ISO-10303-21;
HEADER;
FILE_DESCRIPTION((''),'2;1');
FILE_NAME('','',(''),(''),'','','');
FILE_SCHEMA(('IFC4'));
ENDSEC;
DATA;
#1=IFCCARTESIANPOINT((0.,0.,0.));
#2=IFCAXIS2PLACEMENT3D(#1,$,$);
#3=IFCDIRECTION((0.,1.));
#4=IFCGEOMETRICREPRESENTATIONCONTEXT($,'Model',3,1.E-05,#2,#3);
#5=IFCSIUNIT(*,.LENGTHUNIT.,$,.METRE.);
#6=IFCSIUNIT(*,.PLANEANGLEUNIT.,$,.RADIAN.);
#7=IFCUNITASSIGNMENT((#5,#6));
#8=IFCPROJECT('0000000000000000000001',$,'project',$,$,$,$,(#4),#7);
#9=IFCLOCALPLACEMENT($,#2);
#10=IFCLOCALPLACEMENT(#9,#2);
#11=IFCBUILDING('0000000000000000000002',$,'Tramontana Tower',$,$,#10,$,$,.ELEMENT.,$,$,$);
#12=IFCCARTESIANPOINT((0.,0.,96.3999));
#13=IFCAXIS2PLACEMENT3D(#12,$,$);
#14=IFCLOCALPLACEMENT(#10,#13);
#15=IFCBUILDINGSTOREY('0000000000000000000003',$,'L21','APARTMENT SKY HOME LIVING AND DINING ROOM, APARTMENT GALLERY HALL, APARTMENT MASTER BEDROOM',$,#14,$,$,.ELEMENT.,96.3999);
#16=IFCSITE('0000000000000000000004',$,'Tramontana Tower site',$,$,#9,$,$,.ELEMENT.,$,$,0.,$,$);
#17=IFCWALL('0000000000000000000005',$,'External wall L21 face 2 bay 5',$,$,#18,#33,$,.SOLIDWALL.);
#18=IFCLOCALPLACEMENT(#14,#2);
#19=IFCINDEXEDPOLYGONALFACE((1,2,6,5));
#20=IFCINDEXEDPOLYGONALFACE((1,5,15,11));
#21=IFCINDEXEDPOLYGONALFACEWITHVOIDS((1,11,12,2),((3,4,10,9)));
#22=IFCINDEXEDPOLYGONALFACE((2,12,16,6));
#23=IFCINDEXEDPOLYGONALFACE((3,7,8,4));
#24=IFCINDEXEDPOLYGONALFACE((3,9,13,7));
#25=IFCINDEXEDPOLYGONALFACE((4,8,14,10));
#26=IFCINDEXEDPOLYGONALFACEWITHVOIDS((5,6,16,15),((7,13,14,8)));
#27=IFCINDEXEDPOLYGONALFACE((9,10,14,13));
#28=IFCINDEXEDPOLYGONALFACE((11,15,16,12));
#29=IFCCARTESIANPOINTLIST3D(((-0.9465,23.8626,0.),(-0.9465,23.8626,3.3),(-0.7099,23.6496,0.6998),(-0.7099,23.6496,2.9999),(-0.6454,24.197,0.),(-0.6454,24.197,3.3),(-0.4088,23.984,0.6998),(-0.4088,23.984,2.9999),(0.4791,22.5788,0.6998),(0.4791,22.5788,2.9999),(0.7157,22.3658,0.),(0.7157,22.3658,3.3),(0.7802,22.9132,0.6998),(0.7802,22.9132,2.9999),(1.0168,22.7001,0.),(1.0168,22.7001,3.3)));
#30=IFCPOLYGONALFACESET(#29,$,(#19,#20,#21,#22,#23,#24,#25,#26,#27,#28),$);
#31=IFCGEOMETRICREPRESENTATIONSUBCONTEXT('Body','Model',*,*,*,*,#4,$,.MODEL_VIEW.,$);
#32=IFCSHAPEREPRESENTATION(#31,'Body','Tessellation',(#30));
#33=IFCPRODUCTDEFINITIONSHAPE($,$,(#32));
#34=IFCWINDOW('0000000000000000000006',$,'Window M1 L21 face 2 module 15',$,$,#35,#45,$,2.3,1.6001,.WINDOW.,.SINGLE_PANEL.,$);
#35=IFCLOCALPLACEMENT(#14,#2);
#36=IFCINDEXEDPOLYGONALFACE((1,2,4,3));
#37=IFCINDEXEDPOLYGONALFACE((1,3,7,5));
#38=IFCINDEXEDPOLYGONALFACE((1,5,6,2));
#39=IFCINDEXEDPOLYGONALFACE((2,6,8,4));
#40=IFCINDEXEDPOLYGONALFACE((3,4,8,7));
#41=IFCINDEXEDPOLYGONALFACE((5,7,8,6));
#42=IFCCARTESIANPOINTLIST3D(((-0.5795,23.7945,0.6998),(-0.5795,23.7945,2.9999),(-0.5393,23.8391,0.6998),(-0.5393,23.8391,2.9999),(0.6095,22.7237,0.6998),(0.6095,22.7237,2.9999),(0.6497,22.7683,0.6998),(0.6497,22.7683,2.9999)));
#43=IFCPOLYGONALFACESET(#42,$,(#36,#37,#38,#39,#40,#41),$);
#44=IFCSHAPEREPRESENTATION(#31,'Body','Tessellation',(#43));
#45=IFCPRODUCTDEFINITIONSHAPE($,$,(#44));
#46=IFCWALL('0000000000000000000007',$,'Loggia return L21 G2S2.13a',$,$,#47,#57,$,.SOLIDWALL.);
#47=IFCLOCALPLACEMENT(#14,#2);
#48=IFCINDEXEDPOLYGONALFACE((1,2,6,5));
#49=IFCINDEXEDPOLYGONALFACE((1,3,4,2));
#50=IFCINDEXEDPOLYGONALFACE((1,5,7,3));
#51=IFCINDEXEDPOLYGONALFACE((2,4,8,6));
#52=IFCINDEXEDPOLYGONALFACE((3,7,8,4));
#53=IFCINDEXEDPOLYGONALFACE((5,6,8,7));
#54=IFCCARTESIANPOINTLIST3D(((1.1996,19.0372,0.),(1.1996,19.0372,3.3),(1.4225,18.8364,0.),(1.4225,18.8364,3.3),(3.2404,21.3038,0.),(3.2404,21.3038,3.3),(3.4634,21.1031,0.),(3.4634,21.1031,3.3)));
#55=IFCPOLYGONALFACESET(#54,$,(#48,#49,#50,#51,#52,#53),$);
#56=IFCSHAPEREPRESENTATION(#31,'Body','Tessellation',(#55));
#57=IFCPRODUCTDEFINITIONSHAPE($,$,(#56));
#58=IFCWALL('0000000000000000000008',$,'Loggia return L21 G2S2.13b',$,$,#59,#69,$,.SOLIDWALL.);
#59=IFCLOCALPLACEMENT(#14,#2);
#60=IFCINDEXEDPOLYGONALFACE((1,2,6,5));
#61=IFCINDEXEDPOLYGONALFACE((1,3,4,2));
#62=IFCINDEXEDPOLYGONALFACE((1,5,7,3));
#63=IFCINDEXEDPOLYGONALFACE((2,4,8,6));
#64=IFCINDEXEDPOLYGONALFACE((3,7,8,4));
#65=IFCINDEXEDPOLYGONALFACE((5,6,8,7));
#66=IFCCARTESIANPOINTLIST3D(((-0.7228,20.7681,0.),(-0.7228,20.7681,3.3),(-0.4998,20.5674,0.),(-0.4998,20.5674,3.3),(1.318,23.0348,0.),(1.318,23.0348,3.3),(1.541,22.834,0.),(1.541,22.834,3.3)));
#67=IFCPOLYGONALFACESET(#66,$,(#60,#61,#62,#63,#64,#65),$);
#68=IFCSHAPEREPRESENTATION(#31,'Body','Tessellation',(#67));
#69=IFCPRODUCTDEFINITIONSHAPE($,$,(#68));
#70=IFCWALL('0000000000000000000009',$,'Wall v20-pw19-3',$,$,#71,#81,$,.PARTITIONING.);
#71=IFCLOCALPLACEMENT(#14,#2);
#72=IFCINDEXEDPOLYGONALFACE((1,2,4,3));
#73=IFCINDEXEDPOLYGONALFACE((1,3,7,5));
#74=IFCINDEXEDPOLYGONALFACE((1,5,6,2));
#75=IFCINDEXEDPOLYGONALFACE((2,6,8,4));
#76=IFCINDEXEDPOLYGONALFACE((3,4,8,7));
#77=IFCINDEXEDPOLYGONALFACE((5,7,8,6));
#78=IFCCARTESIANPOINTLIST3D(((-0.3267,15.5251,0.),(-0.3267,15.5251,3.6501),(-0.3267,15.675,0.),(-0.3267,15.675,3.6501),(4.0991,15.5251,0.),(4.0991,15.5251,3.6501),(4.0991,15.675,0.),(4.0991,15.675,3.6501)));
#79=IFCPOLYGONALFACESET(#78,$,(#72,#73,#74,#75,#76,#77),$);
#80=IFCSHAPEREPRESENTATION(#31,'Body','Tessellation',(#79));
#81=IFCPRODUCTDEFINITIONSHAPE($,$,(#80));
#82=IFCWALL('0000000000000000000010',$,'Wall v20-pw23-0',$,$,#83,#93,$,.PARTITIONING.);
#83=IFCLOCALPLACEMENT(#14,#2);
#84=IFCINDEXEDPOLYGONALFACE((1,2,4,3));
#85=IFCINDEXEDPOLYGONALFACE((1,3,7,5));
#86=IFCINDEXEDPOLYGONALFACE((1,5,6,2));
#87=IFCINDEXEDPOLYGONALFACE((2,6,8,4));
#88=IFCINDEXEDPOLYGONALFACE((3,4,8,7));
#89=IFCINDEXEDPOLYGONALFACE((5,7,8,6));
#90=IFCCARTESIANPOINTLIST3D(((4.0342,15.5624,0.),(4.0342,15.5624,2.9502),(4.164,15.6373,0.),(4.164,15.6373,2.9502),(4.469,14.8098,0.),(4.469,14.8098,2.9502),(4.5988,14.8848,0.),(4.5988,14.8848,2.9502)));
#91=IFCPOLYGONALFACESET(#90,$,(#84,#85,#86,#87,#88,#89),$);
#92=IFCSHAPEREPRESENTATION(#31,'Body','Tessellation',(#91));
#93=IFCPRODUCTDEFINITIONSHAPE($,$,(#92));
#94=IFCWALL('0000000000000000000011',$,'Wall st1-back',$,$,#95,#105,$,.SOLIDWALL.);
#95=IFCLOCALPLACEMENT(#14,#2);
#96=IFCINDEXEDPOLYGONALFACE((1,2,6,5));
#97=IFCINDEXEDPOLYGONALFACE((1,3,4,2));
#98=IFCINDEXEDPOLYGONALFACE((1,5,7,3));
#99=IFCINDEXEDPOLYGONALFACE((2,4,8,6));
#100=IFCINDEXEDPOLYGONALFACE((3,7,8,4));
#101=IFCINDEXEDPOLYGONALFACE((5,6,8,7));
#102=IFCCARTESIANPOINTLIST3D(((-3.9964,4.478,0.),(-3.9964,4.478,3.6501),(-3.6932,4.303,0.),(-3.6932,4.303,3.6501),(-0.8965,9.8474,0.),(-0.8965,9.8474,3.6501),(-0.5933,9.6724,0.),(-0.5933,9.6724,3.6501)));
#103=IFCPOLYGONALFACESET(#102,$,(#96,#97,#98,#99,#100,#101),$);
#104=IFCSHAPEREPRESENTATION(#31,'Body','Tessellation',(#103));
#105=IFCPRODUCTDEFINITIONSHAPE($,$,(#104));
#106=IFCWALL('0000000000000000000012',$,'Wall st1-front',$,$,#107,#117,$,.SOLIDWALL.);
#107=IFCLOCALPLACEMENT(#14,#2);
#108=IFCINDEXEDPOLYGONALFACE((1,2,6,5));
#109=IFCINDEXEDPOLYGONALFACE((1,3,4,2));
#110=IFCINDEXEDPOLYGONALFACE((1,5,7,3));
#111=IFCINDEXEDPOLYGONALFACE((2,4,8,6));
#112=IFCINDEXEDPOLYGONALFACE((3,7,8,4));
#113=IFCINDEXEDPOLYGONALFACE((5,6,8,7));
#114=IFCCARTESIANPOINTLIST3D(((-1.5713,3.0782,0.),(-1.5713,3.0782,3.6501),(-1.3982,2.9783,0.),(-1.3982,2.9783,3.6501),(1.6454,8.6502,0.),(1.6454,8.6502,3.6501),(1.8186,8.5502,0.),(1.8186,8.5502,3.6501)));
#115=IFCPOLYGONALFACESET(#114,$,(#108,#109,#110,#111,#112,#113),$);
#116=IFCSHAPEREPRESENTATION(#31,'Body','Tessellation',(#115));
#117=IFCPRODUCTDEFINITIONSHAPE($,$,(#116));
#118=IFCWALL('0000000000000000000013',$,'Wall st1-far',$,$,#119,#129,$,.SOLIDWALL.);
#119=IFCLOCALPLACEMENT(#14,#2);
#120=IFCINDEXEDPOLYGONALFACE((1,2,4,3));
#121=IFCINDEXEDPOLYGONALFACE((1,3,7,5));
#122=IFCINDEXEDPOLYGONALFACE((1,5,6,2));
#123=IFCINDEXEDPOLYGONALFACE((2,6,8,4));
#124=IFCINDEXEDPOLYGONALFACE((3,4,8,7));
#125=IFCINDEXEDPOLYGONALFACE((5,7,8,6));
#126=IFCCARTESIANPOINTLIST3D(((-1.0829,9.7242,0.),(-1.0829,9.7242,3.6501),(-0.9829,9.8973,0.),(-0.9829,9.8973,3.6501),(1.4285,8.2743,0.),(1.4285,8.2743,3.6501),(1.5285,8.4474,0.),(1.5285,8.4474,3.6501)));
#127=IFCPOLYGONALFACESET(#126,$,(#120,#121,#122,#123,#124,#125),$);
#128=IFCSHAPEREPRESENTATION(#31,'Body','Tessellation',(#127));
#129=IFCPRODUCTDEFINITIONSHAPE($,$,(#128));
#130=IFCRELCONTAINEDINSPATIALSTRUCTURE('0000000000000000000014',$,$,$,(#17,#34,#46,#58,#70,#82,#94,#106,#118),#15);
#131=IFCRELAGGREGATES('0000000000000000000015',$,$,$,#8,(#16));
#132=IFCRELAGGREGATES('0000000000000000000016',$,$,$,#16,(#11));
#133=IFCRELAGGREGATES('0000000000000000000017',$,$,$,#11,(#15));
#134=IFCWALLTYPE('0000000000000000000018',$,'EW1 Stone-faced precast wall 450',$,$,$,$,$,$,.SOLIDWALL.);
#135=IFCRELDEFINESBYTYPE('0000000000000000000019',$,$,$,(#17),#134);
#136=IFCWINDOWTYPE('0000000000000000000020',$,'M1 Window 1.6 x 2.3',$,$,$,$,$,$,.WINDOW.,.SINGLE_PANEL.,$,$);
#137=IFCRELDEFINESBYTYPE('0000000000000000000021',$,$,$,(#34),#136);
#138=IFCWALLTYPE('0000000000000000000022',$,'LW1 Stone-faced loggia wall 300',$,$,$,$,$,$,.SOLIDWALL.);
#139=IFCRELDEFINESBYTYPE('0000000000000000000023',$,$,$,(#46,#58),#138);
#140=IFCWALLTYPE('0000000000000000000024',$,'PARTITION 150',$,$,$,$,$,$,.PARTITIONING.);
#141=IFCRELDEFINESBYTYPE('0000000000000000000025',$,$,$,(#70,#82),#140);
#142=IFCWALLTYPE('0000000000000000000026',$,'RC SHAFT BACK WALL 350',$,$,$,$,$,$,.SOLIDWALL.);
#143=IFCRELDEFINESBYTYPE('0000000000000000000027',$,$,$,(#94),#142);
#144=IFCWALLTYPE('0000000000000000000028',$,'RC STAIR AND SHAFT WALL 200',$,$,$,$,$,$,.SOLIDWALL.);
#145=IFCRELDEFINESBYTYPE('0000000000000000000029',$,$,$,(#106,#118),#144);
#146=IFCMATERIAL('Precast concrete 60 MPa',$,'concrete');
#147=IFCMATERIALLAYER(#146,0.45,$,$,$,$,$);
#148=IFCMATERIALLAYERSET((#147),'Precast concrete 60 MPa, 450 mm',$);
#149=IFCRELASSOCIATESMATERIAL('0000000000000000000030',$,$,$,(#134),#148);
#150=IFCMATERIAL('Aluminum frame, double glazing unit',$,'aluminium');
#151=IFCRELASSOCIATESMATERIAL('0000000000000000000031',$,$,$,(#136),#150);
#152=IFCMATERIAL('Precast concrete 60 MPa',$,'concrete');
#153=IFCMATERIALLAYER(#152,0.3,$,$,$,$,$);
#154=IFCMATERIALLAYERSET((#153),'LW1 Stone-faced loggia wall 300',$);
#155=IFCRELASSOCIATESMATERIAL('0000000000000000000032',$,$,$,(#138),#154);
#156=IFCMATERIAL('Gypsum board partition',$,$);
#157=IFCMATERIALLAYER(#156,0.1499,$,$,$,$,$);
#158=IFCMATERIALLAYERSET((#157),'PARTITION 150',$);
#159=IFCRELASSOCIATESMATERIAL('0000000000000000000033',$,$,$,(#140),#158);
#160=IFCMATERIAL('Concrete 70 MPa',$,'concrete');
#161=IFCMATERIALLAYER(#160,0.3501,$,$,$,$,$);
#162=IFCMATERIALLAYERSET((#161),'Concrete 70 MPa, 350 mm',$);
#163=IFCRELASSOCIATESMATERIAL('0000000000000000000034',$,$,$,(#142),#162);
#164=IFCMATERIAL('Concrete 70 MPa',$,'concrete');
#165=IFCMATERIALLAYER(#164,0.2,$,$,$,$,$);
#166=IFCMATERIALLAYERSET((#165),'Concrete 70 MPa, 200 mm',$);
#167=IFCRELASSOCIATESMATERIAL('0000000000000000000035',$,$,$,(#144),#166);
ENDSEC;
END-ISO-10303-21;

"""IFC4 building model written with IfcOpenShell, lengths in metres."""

from ifc_helpers import new_model, si_unit, direction, frame, frame_2d, origin, place, context, subcontext, project, spatial, rectangle, extrude, material, layer, layer_set, type_object, element, fill, save


model = new_model("IFC4")

# Units and contexts
model_context = context("Model", 3, precision=1e-05, world=origin(), true_north=direction((0.0, 1.0)))
body_context = subcontext(model_context, "Body", "Model", "MODEL_VIEW")
ifc_project = project(units=[si_unit("LENGTHUNIT", "METRE"), si_unit("PLANEANGLEUNIT", "RADIAN")], contexts=[model_context])

# Site, building, storey
site_placement = place(None, origin())
site = spatial("IfcSite", under=ifc_project, at=site_placement, Name="Tramontana Tower site", CompositionType="ELEMENT", RefElevation=0.0)
building_placement = place(site_placement, origin())
building = spatial("IfcBuilding", under=site, at=building_placement, Name="Tramontana Tower", CompositionType="ELEMENT")
storey_placement = place(building_placement, frame((0.0, 0.0, 96.3999)))
storey = spatial("IfcBuildingStorey", under=building, at=storey_placement, Name="L21", Description="APARTMENT SKY HOME LIVING AND DINING ROOM, APARTMENT GALLERY HALL, APARTMENT MASTER BEDROOM", CompositionType="ELEMENT", Elevation=96.3999)

# Wall, opening, window
ifc_material_1 = material(Name="Precast concrete 60 MPa", Category="concrete")
ifc_layer_1 = layer(ifc_material_1, 0.45)
ifc_layer_set_1 = layer_set([ifc_layer_1], Name="Precast concrete 60 MPa, 450 mm")
wall_type_1 = type_object("IfcWallType", Name="EW1 Stone-faced precast wall 450", PredefinedType="SOLIDWALL", material=ifc_layer_set_1)
ifc_material_2 = material(Name="Aluminum frame, double glazing unit", Category="aluminium")
window_type = type_object("IfcWindowType", Name="M1 Window 1.6 x 2.3", PartitioningType="SINGLE_PANEL", PredefinedType="WINDOW", material=ifc_material_2)
wall_1_placement = place(storey_placement, frame((0.8662, 22.533, 0.0), z_axis=(0.0, 0.0, 1.0), x_axis=(-0.743088, 0.669194, 0.0)))
wall_1 = element("IfcWall", 1, at=wall_1_placement, inside=storey, type_object=wall_type_1, Name="External wall L21 face 2 bay 5", PredefinedType="SOLIDWALL", context=body_context, shape_type="SweptSolid", body=[
    extrude(rectangle(XDim=2.2368, YDim=0.45, at=frame_2d((1.1184, 0.0))), origin(), (0.0, 0.0, 1.0), 3.3),
])
opening_1_placement = place(wall_1_placement, frame((0.3184, 0.0, 0.7)))
opening_1 = element("IfcOpeningElement", 2, at=opening_1_placement, cuts=wall_1, PredefinedType="OPENING", context=body_context, shape_type="SweptSolid", body=[
    extrude(rectangle(XDim=1.6001, YDim=2.3, at=frame_2d((0.8, 1.1499))), frame((0.0, 0.2349, 0.0), z_axis=(0.0, -1.0, 0.0), x_axis=(1.0, 0.0, 0.0)), (0.0, 0.0, 1.0), 0.47),
])
window_1_placement = place(opening_1_placement, origin())
window_1 = element("IfcWindow", 3, at=window_1_placement, inside=storey, type_object=window_type, Name="Window M1 L21 face 2 module 15", OverallHeight=2.3, OverallWidth=1.6001, PartitioningType="SINGLE_PANEL", PredefinedType="WINDOW", context=body_context, shape_type="SweptSolid", body=[
    extrude(rectangle(XDim=1.6001, YDim=2.3, at=frame_2d((0.8, 1.1499))), frame((0.0, 0.03, 0.0), z_axis=(0.0, -1.0, 0.0), x_axis=(1.0, 0.0, 0.0)), (0.0, 0.0, 1.0), 0.0601),
])
fill(opening_1, window_1)

# Shared definitions
ifc_material_3 = material(Name="Precast concrete 60 MPa", Category="concrete")
ifc_layer_2 = layer(ifc_material_3, 0.3)
ifc_layer_set_2 = layer_set([ifc_layer_2], Name="LW1 Stone-faced loggia wall 300")
wall_type_2 = type_object("IfcWallType", Name="LW1 Stone-faced loggia wall 300", PredefinedType="SOLIDWALL", material=ifc_layer_set_2)

# Walls
for number, where, z_axis, x_axis, name in (
    (4, (3.3518, 21.2034, 0.0), (0.0, 0.0, 1.0), (-0.669115, -0.743159, 0.0), "Loggia return L21 G2S2.13a"),
    (5, (1.4294, 22.9343, 0.0), (0.0, 0.0, 1.0), (-0.669115, -0.743159, 0.0), "Loggia return L21 G2S2.13b"),
):
    element("IfcWall", number, at=place(storey_placement, frame(where, z_axis=z_axis, x_axis=x_axis)), inside=storey, type_object=wall_type_2, Name=name, PredefinedType="SOLIDWALL", context=body_context, shape_type="SweptSolid", body=[
        extrude(rectangle(XDim=3.05, YDim=0.3, at=frame_2d((1.5249, 0.0))), origin(), (0.0, 0.0, 1.0), 3.3),
    ])
ifc_material_4 = material(Name="Gypsum board partition")
ifc_layer_3 = layer(ifc_material_4, 0.1499)
ifc_layer_set_3 = layer_set([ifc_layer_3], Name="PARTITION 150")
wall_type_3 = type_object("IfcWallType", Name="PARTITION 150", PredefinedType="PARTITIONING", material=ifc_layer_set_3)
wall_2_placement = place(storey_placement, frame((-0.3267, 15.6001, 0.0), z_axis=(0.0, 0.0, 1.0), x_axis=(1.0, 0.0, 0.0)))
element("IfcWall", 6, at=wall_2_placement, inside=storey, type_object=wall_type_3, Name="Wall v20-pw19-3", PredefinedType="PARTITIONING", context=body_context, shape_type="SweptSolid", body=[
    extrude(rectangle(XDim=4.4258, YDim=0.1499, at=frame_2d((2.2129, 0.0))), origin(), (0.0, 0.0, 1.0), 3.6501),
])
wall_3_placement = place(storey_placement, frame((4.0991, 15.5999, 0.0), z_axis=(0.0, 0.0, 1.0), x_axis=(0.500217, -0.8659, 0.0)))
element("IfcWall", 7, at=wall_3_placement, inside=storey, type_object=wall_type_3, Name="Wall v20-pw23-0", PredefinedType="PARTITIONING", context=body_context, shape_type="SweptSolid", body=[
    extrude(rectangle(XDim=0.8691, YDim=0.1499, at=frame_2d((0.4346, 0.0))), origin(), (0.0, 0.0, 1.0), 2.9502),
])
ifc_material_5 = material(Name="Concrete 70 MPa", Category="concrete")
ifc_layer_4 = layer(ifc_material_5, 0.3501)
ifc_layer_set_4 = layer_set([ifc_layer_4], Name="Concrete 70 MPa, 350 mm")
wall_type_4 = type_object("IfcWallType", Name="RC SHAFT BACK WALL 350", PredefinedType="SOLIDWALL", material=ifc_layer_set_4)
wall_4_placement = place(storey_placement, frame((-0.7449, 9.76, 0.0), z_axis=(0.0, 0.0, 1.0), x_axis=(-0.49998, -0.866037, 0.0)))
element("IfcWall", 8, at=wall_4_placement, inside=storey, type_object=wall_type_4, Name="Wall st1-back", PredefinedType="SOLIDWALL", context=body_context, shape_type="SweptSolid", body=[
    extrude(rectangle(XDim=6.2, YDim=0.3501, at=frame_2d((3.1001, 0.0))), origin(), (0.0, 0.0, 1.0), 3.6501),
])
ifc_material_6 = material(Name="Concrete 70 MPa", Category="concrete")
ifc_layer_5 = layer(ifc_material_6, 0.2)
ifc_layer_set_5 = layer_set([ifc_layer_5], Name="Concrete 70 MPa, 200 mm")
wall_type_5 = type_object("IfcWallType", Name="RC STAIR AND SHAFT WALL 200", PredefinedType="SOLIDWALL", material=ifc_layer_set_5)
wall_5_placement = place(storey_placement, frame((1.7319, 8.6001, 0.0), z_axis=(0.0, 0.0, 1.0), x_axis=(-0.499975, -0.86604, 0.0)))
element("IfcWall", 9, at=wall_5_placement, inside=storey, type_object=wall_type_5, Name="Wall st1-front", PredefinedType="SOLIDWALL", context=body_context, shape_type="SweptSolid", body=[
    extrude(rectangle(XDim=6.4338, YDim=0.2, at=frame_2d((3.2168, 0.0))), origin(), (0.0, 0.0, 1.0), 3.6501),
])
wall_6_placement = place(storey_placement, frame((1.4785, 8.3608, 0.0), z_axis=(0.0, 0.0, 1.0), x_axis=(-0.866033, 0.499987, 0.0)))
element("IfcWall", 10, at=wall_6_placement, inside=storey, type_object=wall_type_5, Name="Wall st1-far", PredefinedType="SOLIDWALL", context=body_context, shape_type="SweptSolid", body=[
    extrude(rectangle(XDim=2.8999, YDim=0.2, at=frame_2d((1.45, 0.0))), origin(), (0.0, 0.0, 1.0), 3.6501),
])

save(model, "model.ifc")
